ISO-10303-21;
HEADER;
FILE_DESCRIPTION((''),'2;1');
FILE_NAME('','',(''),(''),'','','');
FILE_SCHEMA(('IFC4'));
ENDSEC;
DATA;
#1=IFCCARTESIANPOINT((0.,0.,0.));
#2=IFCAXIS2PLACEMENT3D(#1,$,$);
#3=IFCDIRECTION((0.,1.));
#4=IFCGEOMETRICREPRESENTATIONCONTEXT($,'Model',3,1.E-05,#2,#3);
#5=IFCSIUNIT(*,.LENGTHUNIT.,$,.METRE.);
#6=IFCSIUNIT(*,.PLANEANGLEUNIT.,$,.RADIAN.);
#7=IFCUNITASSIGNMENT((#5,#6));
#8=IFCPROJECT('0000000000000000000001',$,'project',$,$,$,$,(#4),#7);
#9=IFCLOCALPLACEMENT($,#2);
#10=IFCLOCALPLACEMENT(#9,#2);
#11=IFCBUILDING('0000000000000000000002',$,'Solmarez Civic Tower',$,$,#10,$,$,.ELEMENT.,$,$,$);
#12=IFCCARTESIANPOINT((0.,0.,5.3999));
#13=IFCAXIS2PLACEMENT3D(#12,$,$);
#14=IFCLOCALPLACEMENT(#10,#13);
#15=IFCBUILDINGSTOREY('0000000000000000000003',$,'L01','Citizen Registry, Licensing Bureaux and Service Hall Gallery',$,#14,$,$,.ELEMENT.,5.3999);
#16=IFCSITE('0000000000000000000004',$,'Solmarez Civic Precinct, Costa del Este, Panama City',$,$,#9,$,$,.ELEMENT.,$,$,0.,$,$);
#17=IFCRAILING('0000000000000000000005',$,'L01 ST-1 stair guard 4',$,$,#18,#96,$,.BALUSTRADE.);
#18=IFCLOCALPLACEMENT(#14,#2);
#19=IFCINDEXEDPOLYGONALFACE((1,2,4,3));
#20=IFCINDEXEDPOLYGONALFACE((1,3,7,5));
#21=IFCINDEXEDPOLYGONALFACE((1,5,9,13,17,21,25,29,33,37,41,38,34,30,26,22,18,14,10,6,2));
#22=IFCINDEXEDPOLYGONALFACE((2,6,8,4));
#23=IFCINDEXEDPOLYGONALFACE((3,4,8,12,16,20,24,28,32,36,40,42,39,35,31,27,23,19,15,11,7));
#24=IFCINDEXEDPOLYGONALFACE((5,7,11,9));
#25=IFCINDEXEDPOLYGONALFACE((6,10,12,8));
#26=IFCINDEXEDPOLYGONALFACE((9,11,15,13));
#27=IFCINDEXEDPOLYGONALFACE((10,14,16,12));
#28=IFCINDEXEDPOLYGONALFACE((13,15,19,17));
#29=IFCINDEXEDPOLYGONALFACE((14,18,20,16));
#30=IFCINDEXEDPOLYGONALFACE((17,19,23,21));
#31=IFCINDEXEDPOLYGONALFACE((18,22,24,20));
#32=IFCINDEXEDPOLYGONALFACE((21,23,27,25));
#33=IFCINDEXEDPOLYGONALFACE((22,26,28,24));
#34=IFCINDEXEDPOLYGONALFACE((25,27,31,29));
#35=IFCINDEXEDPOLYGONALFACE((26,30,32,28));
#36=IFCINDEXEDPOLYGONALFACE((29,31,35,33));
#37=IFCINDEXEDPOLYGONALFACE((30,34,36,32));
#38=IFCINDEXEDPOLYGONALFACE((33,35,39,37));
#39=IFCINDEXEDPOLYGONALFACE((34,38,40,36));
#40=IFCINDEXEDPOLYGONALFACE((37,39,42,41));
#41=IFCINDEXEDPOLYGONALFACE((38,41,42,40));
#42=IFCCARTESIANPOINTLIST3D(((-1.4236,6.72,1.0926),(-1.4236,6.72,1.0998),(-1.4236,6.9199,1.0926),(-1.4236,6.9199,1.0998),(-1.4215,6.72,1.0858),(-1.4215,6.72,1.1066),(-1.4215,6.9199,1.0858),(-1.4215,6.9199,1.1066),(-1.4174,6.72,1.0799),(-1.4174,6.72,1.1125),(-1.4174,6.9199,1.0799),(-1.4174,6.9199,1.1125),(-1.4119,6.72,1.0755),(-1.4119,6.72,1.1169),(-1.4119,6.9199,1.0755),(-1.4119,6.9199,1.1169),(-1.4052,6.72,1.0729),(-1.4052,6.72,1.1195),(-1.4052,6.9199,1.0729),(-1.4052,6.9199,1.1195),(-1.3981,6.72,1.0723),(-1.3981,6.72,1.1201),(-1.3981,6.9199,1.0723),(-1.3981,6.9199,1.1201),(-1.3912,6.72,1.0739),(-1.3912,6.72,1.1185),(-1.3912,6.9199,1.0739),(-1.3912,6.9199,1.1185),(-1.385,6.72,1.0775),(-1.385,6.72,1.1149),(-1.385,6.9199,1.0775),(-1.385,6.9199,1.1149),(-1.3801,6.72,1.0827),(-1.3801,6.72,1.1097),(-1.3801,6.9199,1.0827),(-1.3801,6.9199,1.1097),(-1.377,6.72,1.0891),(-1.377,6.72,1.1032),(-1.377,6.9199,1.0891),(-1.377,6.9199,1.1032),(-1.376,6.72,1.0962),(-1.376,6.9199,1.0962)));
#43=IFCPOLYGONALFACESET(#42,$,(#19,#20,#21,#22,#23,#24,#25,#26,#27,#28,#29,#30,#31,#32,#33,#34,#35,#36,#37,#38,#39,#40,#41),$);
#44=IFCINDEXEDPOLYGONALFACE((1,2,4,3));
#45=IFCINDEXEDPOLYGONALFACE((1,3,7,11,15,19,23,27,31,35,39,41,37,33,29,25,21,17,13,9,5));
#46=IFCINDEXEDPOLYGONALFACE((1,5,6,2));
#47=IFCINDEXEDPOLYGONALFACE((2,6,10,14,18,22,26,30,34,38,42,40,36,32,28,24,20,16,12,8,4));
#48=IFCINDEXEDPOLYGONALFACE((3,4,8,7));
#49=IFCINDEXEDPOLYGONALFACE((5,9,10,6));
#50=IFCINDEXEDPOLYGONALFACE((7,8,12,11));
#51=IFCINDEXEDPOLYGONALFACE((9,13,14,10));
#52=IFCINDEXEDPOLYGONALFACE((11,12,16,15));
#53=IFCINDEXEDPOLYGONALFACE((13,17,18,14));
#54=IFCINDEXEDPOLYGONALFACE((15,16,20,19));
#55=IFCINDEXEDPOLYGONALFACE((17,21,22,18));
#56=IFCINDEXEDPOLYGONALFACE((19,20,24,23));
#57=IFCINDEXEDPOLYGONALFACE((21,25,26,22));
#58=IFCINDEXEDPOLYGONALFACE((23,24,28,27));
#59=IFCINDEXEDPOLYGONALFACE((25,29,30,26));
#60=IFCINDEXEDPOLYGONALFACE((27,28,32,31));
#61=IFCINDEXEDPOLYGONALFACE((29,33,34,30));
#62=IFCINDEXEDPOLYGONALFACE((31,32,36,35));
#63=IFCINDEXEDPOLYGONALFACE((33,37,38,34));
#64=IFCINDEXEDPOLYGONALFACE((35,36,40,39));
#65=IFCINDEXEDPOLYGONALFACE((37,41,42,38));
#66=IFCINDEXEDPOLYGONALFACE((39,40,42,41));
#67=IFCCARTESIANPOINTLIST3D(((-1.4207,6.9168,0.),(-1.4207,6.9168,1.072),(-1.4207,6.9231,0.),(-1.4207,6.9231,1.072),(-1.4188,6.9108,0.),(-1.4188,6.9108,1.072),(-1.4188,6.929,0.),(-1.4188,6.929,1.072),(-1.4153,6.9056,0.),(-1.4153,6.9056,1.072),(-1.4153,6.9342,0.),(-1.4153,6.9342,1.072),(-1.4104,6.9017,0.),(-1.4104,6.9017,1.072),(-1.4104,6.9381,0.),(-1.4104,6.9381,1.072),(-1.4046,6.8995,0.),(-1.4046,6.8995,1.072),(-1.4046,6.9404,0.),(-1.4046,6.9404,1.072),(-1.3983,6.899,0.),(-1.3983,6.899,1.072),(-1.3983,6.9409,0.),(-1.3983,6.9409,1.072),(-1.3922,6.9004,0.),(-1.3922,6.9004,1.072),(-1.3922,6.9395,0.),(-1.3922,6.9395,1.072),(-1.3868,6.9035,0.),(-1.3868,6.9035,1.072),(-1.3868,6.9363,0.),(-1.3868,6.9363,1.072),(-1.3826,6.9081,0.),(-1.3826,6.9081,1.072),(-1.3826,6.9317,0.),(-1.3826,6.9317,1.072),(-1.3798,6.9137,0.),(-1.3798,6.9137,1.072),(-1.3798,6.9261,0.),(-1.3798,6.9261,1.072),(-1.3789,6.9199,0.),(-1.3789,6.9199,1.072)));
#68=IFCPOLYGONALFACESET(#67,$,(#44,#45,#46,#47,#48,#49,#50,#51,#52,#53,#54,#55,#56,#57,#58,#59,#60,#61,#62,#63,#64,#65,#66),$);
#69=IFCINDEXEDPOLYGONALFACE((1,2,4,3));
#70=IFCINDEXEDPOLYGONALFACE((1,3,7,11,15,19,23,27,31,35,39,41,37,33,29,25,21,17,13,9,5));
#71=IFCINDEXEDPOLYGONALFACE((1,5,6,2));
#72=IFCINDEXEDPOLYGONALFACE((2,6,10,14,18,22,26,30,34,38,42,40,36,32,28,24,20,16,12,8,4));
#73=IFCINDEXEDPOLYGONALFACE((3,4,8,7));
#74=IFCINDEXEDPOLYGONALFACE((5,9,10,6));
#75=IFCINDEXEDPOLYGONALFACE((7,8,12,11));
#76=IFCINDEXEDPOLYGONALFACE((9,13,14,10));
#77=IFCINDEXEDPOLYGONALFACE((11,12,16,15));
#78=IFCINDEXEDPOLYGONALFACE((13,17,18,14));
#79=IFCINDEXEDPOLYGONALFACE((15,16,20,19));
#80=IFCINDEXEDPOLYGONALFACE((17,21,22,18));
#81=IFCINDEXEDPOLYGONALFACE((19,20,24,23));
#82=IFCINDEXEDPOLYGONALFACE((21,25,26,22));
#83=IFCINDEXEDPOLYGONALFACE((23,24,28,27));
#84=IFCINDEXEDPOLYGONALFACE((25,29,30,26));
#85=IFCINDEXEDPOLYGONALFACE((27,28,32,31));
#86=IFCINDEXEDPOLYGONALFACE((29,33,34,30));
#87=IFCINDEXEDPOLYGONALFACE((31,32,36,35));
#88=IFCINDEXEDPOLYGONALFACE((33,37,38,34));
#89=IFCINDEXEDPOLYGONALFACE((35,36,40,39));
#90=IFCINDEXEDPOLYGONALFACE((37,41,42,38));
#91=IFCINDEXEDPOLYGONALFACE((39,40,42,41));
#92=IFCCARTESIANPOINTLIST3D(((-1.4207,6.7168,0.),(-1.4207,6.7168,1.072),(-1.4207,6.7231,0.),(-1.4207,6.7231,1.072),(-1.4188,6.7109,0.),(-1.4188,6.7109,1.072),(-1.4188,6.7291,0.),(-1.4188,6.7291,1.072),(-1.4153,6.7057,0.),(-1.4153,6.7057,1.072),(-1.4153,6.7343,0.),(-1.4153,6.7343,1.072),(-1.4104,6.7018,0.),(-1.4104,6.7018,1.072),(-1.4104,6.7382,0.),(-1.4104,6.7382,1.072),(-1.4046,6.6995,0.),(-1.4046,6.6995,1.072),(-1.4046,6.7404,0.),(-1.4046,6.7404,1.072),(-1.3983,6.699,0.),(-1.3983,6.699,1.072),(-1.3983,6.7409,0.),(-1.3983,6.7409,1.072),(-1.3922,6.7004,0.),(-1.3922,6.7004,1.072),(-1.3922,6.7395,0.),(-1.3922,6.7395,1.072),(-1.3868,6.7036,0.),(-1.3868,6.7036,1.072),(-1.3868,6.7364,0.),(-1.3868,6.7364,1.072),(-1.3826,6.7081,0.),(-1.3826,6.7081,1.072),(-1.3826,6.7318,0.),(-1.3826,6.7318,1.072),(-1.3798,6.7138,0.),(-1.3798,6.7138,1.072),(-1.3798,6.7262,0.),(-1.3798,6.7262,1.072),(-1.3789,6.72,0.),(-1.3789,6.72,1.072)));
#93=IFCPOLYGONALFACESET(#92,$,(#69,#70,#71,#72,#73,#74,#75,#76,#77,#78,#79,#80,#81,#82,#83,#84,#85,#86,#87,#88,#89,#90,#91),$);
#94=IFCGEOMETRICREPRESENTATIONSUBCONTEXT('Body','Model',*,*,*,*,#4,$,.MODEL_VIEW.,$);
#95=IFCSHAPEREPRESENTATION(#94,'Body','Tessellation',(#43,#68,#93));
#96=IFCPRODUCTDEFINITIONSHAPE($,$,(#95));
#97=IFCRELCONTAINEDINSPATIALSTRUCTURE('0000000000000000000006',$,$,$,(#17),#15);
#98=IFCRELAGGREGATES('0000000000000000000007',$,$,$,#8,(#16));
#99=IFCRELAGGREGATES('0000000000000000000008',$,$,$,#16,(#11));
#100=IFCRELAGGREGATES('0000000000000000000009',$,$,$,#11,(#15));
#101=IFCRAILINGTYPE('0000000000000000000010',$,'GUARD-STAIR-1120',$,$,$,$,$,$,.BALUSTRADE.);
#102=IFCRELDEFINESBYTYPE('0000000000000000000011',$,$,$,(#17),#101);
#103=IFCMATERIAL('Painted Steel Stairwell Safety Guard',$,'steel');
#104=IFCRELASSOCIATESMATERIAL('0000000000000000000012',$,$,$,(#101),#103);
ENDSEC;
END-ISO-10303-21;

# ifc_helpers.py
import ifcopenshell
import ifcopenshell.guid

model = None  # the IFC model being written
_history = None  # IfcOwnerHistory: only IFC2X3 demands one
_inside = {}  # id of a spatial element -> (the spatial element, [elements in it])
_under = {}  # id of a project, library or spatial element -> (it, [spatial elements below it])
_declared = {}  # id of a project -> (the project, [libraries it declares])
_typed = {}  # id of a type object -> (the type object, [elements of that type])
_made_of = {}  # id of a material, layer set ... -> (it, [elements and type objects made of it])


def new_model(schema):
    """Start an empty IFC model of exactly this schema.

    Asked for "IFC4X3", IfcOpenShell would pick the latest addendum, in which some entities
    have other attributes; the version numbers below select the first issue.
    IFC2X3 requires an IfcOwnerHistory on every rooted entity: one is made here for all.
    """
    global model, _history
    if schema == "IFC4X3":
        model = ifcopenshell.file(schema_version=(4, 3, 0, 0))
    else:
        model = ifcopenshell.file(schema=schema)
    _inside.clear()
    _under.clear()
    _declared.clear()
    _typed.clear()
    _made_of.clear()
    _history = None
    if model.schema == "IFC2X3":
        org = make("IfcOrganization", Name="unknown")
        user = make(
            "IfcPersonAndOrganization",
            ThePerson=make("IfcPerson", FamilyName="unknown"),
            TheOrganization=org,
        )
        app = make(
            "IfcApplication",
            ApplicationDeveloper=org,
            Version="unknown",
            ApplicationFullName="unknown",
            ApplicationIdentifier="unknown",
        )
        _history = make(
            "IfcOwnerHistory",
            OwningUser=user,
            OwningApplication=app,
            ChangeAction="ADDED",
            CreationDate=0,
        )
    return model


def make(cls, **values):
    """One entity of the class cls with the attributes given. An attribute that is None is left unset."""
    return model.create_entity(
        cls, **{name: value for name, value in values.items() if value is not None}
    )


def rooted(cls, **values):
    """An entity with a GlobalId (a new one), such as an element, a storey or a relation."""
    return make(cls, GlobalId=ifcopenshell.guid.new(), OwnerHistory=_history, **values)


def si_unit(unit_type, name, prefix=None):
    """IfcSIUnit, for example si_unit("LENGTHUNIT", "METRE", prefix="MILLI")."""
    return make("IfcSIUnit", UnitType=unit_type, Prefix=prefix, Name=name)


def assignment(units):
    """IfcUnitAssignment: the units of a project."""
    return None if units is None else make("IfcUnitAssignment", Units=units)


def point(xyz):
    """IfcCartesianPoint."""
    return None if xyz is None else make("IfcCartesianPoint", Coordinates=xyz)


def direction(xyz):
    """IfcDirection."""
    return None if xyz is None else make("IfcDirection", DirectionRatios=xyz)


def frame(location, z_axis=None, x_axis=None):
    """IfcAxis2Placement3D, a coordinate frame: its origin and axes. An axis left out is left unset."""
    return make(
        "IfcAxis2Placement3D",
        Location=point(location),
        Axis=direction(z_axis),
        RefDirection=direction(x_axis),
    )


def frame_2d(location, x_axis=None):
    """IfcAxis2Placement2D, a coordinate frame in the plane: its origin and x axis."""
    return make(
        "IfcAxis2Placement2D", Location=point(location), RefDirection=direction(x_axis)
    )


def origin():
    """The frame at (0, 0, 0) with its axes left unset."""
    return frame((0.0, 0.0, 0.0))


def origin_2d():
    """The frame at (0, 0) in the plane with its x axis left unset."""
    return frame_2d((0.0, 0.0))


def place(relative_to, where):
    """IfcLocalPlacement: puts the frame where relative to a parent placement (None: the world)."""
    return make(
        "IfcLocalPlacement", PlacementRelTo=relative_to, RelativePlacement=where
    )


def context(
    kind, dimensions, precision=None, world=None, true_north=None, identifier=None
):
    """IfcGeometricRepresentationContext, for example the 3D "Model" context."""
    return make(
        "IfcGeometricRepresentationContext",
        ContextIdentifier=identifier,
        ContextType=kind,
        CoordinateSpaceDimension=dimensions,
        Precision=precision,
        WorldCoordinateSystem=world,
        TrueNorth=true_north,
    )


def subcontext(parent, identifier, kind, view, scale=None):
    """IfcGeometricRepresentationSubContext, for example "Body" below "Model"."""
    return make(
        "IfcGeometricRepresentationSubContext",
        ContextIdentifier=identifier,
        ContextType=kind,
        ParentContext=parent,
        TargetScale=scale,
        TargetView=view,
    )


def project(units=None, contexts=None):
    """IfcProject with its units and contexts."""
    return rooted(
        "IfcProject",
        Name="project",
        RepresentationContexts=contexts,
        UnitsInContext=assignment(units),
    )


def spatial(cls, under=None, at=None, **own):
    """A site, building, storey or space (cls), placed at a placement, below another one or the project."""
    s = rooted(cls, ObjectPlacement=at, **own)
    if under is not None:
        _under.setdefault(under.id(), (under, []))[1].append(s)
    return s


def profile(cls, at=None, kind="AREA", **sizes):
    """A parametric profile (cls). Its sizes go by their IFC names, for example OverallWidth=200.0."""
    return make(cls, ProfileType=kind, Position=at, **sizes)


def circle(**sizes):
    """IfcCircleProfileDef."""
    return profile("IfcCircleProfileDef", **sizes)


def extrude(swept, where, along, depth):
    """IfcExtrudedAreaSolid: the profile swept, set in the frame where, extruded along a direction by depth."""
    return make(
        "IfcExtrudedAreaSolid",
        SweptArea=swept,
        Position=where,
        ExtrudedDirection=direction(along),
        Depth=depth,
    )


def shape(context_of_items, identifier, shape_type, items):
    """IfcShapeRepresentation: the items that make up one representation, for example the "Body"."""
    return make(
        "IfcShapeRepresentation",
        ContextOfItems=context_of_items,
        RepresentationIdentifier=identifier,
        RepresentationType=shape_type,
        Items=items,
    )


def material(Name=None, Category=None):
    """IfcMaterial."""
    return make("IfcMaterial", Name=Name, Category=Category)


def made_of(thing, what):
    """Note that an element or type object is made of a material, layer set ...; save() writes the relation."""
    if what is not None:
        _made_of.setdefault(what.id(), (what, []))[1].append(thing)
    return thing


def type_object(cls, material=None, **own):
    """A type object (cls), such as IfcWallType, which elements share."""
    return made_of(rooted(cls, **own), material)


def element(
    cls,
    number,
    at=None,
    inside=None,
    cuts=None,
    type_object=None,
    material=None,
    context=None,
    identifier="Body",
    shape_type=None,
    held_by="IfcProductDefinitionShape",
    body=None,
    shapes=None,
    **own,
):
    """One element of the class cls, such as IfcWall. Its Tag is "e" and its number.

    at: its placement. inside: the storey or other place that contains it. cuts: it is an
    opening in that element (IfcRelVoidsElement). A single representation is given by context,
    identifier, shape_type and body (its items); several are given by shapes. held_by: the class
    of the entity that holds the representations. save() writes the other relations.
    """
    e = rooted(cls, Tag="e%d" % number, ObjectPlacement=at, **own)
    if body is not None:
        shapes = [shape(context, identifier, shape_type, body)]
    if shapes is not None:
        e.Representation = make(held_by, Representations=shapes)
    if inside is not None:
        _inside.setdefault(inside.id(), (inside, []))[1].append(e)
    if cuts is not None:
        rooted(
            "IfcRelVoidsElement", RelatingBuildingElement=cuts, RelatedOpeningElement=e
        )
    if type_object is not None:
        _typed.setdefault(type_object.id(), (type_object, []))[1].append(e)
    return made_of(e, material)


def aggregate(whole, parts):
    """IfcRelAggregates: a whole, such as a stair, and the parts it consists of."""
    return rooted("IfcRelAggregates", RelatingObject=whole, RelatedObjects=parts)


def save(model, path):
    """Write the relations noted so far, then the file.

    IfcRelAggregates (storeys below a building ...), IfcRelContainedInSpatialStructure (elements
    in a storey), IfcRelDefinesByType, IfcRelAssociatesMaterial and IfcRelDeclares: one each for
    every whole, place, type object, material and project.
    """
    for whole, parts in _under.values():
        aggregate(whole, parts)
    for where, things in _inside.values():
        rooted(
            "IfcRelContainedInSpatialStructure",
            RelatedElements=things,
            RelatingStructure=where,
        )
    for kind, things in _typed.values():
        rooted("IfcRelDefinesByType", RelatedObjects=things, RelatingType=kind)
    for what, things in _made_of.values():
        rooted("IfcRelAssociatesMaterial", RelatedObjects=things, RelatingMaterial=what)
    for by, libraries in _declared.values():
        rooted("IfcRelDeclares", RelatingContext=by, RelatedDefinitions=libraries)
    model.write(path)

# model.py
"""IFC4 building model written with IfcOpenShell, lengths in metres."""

from ifc_helpers import new_model, si_unit, direction, frame, origin, origin_2d, place, context, subcontext, project, spatial, circle, extrude, material, type_object, element, save


model = new_model("IFC4")

# Units and contexts
model_context = context("Model", 3, precision=1e-05, world=origin(), true_north=direction((0.0, 1.0)))
body_context = subcontext(model_context, "Body", "Model", "MODEL_VIEW")
ifc_project = project(units=[si_unit("LENGTHUNIT", "METRE"), si_unit("PLANEANGLEUNIT", "RADIAN")], contexts=[model_context])

# Site, building, storey
site_placement = place(None, origin())
site = spatial("IfcSite", under=ifc_project, at=site_placement, Name="Solmarez Civic Precinct, Costa del Este, Panama City", CompositionType="ELEMENT", RefElevation=0.0)
building_placement = place(site_placement, origin())
building = spatial("IfcBuilding", under=site, at=building_placement, Name="Solmarez Civic Tower", CompositionType="ELEMENT")
storey_placement = place(building_placement, frame((0.0, 0.0, 5.3999)))
storey = spatial("IfcBuildingStorey", under=building, at=storey_placement, Name="L01", Description="Citizen Registry, Licensing Bureaux and Service Hall Gallery", CompositionType="ELEMENT", Elevation=5.3999)

# Railing
ifc_material_1 = material(Name="Painted Steel Stairwell Safety Guard", Category="steel")
railing_type_1 = type_object("IfcRailingType", Name="GUARD-STAIR-1120", PredefinedType="BALUSTRADE", material=ifc_material_1)
railing_1_placement = place(storey_placement, frame((-1.3999, 6.9199, 0.0)))
element("IfcRailing", 1, at=railing_1_placement, inside=storey, type_object=railing_type_1, Name="L01 ST-1 stair guard 4", PredefinedType="BALUSTRADE", context=body_context, shape_type="SweptSolid", body=[
    extrude(circle(Radius=0.0239, at=origin_2d()), frame((0.0, 0.0, 1.0962), z_axis=(0.0, -1.0, 0.0), x_axis=(1.0, 0.0, 0.0)), (0.0, 0.0, 1.0), 0.2),
    extrude(circle(Radius=0.021, at=origin_2d()), origin(), (0.0, 0.0, 1.0), 1.072),
    extrude(circle(Radius=0.021, at=origin_2d()), frame((0.0, -0.2, 0.0)), (0.0, 0.0, 1.0), 1.072),
])

save(model, "model.ifc")
